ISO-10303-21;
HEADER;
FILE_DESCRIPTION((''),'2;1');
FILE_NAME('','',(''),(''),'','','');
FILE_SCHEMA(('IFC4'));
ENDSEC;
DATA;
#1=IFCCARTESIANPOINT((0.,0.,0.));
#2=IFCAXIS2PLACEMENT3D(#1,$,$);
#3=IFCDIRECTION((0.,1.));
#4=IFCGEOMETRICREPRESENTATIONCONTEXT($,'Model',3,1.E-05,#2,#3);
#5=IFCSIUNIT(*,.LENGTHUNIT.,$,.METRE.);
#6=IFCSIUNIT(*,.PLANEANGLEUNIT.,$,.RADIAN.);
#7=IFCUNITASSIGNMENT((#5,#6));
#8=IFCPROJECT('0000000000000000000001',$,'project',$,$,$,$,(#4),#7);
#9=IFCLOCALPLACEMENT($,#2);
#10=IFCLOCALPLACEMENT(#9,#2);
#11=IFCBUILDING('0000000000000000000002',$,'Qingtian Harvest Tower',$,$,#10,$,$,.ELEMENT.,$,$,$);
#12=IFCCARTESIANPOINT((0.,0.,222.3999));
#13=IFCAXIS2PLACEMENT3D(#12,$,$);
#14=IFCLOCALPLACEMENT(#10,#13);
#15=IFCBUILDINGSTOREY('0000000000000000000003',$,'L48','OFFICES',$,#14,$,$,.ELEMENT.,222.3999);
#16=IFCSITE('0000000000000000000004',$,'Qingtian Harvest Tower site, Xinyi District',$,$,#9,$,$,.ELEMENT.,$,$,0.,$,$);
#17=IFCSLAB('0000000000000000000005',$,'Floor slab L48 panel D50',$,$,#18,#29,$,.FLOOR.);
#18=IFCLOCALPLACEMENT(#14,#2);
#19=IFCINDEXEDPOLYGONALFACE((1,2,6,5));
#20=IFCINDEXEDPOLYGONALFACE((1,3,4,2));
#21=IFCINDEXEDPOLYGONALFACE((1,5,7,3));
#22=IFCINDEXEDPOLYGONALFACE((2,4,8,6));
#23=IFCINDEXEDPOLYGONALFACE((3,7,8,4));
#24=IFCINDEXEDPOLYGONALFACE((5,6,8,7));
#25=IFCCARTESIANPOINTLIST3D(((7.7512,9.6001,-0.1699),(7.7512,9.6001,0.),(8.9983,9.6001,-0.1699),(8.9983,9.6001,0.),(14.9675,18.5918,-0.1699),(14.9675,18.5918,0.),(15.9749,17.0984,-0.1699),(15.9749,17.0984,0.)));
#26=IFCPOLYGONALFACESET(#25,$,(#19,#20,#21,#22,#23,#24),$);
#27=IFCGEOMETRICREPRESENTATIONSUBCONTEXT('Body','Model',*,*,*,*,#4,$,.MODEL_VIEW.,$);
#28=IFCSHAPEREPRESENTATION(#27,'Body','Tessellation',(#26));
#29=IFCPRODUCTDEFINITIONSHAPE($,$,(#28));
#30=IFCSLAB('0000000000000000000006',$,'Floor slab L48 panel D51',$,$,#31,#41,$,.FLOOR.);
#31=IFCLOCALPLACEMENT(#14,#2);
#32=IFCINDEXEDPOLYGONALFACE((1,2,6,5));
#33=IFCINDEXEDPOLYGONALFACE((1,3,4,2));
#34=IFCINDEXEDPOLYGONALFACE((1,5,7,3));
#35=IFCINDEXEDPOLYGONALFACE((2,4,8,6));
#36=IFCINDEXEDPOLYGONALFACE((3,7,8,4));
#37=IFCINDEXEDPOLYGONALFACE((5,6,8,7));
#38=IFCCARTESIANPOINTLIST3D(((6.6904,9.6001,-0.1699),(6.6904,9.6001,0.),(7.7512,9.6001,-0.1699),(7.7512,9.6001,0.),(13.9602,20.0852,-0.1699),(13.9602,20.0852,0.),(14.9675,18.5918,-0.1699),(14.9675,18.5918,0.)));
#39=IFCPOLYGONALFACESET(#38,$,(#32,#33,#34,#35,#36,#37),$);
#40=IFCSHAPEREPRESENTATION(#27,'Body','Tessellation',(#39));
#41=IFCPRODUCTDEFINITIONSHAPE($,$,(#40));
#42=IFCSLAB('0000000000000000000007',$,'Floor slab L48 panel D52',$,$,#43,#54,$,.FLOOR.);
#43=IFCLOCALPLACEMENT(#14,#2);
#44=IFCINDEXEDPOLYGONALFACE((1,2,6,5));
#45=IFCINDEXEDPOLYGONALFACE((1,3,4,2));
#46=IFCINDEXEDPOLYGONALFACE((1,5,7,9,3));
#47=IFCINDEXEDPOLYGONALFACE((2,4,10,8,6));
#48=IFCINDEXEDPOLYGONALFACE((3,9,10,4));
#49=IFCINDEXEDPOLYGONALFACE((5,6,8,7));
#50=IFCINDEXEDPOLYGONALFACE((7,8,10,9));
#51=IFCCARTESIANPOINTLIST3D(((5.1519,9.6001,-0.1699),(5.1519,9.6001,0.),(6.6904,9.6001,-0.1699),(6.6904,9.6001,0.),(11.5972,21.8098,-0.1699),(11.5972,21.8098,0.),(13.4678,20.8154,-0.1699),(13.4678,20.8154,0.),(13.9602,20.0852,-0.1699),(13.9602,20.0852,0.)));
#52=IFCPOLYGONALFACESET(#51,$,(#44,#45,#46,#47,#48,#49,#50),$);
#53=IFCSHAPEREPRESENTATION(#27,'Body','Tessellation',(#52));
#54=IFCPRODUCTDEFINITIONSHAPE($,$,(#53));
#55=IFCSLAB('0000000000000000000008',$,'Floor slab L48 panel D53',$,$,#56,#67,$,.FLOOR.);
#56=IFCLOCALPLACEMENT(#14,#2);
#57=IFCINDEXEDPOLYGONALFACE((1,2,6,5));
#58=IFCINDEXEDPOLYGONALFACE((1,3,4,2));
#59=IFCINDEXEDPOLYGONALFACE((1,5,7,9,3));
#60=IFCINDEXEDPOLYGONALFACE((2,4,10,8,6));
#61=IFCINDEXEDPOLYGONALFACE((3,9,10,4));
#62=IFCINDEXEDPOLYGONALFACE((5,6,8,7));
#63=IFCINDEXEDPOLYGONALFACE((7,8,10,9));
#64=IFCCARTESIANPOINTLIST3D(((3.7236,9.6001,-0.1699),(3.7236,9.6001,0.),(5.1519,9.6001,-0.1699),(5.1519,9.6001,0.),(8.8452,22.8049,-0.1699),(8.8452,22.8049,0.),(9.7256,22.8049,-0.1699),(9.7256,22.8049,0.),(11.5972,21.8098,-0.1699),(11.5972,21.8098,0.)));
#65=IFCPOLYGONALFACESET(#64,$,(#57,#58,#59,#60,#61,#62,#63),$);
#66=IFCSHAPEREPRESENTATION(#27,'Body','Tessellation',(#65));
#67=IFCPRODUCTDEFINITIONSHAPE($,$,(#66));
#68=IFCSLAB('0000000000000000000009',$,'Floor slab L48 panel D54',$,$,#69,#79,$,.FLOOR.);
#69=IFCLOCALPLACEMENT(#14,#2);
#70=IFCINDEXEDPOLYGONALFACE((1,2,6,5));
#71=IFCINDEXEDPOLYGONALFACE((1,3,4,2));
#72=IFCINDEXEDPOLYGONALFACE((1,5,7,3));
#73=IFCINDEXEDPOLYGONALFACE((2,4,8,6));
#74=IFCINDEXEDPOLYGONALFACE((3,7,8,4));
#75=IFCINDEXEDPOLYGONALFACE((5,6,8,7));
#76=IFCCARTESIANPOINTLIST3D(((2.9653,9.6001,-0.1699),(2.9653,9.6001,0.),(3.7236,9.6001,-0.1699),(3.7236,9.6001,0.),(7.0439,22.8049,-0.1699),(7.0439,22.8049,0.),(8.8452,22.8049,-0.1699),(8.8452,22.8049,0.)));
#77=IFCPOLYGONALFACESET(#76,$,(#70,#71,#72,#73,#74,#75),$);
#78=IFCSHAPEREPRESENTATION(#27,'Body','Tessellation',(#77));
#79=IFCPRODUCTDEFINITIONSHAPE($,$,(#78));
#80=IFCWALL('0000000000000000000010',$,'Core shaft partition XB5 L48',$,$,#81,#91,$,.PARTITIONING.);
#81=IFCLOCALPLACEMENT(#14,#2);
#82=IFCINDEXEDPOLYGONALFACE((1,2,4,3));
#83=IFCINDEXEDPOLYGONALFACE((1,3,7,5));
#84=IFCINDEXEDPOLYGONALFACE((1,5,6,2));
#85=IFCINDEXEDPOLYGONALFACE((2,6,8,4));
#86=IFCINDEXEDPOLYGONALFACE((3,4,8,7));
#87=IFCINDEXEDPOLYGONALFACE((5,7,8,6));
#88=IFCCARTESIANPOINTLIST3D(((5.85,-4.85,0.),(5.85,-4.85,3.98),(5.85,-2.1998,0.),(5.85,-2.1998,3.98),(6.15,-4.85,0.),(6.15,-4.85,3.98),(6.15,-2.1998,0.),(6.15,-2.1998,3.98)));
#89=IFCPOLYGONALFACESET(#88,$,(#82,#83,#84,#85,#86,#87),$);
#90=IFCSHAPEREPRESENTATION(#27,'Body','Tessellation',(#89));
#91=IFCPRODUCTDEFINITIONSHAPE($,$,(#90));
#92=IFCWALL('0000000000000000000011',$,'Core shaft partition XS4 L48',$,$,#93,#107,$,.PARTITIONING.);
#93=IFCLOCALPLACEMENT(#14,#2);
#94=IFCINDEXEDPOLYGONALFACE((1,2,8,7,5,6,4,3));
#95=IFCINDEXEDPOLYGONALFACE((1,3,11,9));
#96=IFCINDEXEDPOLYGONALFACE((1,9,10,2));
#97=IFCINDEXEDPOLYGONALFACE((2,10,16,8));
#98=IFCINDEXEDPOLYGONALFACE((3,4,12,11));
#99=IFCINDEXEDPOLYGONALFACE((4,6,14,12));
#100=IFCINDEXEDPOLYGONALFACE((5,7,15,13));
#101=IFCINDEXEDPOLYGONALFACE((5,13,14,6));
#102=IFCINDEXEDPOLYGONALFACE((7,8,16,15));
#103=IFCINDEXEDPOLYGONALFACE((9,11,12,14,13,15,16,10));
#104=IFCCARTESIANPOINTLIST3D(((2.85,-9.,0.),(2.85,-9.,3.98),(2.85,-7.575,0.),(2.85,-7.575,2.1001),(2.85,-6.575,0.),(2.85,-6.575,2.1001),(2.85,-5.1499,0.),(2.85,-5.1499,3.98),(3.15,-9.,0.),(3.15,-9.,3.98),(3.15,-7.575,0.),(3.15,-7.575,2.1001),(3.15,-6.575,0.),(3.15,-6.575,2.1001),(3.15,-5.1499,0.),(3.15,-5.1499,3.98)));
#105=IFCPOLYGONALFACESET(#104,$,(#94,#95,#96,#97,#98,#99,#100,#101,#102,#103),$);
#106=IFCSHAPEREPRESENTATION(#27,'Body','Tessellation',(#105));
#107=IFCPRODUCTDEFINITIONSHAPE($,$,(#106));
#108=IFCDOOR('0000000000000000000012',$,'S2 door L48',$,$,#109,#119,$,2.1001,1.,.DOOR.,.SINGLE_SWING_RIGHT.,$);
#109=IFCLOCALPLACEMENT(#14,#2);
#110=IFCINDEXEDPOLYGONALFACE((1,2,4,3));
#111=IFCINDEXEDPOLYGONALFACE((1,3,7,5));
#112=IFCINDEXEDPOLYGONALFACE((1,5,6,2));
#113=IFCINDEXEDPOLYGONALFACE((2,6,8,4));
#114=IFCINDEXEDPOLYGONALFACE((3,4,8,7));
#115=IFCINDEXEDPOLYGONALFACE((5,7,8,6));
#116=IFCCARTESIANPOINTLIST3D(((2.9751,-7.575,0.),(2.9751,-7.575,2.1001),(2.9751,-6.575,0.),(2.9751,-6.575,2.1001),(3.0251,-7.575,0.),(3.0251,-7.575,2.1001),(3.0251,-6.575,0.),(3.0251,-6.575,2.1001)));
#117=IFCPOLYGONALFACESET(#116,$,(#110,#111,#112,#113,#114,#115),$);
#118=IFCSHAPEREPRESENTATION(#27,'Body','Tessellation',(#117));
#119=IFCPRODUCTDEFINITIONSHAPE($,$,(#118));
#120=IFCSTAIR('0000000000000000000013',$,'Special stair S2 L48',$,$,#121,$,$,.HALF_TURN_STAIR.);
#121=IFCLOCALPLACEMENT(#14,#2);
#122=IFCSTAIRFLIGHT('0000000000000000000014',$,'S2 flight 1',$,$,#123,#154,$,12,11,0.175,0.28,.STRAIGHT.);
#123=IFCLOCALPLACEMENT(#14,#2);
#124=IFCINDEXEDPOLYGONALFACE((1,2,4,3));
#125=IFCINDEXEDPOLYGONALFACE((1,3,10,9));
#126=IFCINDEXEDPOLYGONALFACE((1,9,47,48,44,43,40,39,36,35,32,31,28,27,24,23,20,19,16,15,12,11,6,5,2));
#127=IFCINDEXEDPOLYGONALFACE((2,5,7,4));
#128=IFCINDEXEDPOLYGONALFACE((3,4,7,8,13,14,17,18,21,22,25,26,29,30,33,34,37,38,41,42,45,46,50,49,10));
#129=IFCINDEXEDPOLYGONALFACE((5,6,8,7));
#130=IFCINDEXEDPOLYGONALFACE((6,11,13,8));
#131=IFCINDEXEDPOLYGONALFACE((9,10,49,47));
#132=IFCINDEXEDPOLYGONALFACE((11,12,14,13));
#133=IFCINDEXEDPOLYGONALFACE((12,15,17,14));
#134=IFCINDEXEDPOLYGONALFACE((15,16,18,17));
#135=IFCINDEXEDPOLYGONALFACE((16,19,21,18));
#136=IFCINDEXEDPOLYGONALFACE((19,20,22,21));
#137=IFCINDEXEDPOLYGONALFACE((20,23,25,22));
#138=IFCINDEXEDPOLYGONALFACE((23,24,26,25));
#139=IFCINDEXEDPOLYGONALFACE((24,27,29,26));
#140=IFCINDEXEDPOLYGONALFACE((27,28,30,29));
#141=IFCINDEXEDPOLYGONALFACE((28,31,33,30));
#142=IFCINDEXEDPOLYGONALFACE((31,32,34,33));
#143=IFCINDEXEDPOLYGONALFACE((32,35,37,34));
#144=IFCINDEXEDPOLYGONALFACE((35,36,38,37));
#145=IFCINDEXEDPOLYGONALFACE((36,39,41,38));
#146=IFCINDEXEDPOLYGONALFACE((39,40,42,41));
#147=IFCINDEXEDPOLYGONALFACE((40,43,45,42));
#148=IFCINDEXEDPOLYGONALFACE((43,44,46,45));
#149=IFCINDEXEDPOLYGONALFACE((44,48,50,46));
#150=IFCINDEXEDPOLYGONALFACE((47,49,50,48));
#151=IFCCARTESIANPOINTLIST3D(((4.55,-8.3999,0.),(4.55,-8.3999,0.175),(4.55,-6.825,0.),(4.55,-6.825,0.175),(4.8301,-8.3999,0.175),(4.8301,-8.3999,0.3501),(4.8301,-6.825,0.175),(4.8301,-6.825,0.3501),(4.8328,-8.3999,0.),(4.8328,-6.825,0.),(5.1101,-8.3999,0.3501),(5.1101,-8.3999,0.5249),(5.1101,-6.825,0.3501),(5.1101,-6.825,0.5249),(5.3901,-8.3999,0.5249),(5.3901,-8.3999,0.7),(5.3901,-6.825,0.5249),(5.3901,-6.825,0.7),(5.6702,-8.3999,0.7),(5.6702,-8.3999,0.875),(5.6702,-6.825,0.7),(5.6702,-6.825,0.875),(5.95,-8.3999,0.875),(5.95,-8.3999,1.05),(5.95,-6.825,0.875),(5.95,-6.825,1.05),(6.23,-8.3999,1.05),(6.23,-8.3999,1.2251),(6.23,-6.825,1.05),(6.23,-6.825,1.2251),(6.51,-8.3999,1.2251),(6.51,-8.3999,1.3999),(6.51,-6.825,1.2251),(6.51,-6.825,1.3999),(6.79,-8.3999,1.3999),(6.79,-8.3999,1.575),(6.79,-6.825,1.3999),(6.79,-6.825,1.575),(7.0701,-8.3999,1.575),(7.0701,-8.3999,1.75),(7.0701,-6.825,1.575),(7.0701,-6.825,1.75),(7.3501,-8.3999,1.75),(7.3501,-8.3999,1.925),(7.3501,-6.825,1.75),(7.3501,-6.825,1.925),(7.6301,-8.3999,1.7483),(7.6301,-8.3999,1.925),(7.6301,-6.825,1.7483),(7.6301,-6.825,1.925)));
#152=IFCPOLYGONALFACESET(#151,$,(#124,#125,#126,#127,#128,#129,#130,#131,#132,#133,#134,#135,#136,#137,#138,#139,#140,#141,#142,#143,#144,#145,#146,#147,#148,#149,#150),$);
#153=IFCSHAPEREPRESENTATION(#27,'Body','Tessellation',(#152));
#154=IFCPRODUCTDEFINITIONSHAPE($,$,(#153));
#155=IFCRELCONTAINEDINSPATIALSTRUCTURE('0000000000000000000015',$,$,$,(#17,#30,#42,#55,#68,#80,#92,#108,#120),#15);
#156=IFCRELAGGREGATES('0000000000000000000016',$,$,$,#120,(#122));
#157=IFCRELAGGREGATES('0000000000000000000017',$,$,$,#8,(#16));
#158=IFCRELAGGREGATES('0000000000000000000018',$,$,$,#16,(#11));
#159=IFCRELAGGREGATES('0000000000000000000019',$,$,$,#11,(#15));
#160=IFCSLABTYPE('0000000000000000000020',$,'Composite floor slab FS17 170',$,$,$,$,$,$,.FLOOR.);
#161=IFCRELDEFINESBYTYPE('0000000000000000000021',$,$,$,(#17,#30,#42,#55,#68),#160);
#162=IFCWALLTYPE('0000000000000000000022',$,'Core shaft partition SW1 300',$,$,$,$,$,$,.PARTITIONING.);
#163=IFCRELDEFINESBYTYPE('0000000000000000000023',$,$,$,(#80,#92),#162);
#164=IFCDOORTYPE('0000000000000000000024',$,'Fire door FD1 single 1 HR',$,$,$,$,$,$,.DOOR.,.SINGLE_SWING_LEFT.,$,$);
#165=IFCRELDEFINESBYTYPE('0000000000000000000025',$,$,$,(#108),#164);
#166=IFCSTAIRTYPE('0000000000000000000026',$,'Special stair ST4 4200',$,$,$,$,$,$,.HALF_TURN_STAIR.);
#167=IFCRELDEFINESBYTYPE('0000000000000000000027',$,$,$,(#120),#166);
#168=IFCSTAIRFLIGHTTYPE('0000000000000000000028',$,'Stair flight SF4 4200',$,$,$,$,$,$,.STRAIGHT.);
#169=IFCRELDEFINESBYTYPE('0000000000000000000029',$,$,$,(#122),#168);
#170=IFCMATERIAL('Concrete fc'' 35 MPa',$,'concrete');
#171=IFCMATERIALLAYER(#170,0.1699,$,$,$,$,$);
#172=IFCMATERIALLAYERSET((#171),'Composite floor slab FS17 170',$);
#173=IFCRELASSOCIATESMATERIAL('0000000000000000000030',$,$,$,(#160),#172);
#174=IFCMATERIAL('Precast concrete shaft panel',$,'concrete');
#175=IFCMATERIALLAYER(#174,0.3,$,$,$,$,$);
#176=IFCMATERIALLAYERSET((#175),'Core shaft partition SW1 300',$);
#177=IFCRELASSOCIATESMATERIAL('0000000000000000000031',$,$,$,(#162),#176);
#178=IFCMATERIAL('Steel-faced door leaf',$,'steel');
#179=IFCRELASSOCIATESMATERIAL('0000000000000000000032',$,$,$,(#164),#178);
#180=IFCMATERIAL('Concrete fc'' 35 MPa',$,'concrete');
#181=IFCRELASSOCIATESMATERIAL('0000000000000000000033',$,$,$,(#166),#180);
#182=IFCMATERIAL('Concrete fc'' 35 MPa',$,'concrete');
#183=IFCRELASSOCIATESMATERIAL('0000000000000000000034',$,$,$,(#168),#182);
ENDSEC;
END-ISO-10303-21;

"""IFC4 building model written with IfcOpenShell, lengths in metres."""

from ifc_helpers import new_model, si_unit, direction, frame, frame_2d, origin, place, context, subcontext, project, spatial, polyline, rectangle, outline, extrude, material, layer, layer_set, type_object, element, fill, aggregate, save


model = new_model("IFC4")

# Units and contexts
model_context = context("Model", 3, precision=1e-05, world=origin(), true_north=direction((0.0, 1.0)))
body_context = subcontext(model_context, "Body", "Model", "MODEL_VIEW")
ifc_project = project(units=[si_unit("LENGTHUNIT", "METRE"), si_unit("PLANEANGLEUNIT", "RADIAN")], contexts=[model_context])

# Site, building, storey
site_placement = place(None, origin())
site = spatial("IfcSite", under=ifc_project, at=site_placement, Name="Qingtian Harvest Tower site, Xinyi District", CompositionType="ELEMENT", RefElevation=0.0)
building_placement = place(site_placement, origin())
building = spatial("IfcBuilding", under=site, at=building_placement, Name="Qingtian Harvest Tower", CompositionType="ELEMENT")
storey_placement = place(building_placement, frame((0.0, 0.0, 222.3999)))
storey = spatial("IfcBuildingStorey", under=building, at=storey_placement, Name="L48", Description="OFFICES", CompositionType="ELEMENT", Elevation=222.3999)

# Slabs
ifc_material_1 = material(Name="Concrete fc' 35 MPa", Category="concrete")
ifc_layer_1 = layer(ifc_material_1, 0.1699)
ifc_layer_set_1 = layer_set([ifc_layer_1], Name="Composite floor slab FS17 170")
slab_type = type_object("IfcSlabType", Name="Composite floor slab FS17 170", PredefinedType="FLOOR", material=ifc_layer_set_1)
slab_1_placement = place(storey_placement, frame((0.0, 0.0, -0.1699)))
element("IfcSlab", 1, at=slab_1_placement, inside=storey, type_object=slab_type, Name="Floor slab L48 panel D50", PredefinedType="FLOOR", context=body_context, shape_type="SweptSolid", body=[
    extrude(outline(polyline([(7.7512, 9.6001), (14.9675, 18.5918), (15.9749, 17.0984), (8.9983, 9.6001), (7.7512, 9.6001)])), origin(), (0.0, 0.0, 1.0), 0.1699),
])
slab_2_placement = place(storey_placement, frame((0.0, 0.0, -0.1699)))
element("IfcSlab", 2, at=slab_2_placement, inside=storey, type_object=slab_type, Name="Floor slab L48 panel D51", PredefinedType="FLOOR", context=body_context, shape_type="SweptSolid", body=[
    extrude(outline(polyline([(6.6904, 9.6001), (13.9602, 20.0852), (14.9675, 18.5918), (7.7512, 9.6001), (6.6904, 9.6001)])), origin(), (0.0, 0.0, 1.0), 0.1699),
])
slab_3_placement = place(storey_placement, frame((0.0, 0.0, -0.1699)))
element("IfcSlab", 3, at=slab_3_placement, inside=storey, type_object=slab_type, Name="Floor slab L48 panel D52", PredefinedType="FLOOR", context=body_context, shape_type="SweptSolid", body=[
    extrude(outline(polyline([(6.6904, 9.6001), (5.1519, 9.6001), (11.5972, 21.8098), (13.4678, 20.8154), (13.9602, 20.0852), (6.6904, 9.6001)])), origin(), (0.0, 0.0, 1.0), 0.1699),
])
slab_4_placement = place(storey_placement, frame((0.0, 0.0, -0.1699)))
element("IfcSlab", 4, at=slab_4_placement, inside=storey, type_object=slab_type, Name="Floor slab L48 panel D53", PredefinedType="FLOOR", context=body_context, shape_type="SweptSolid", body=[
    extrude(outline(polyline([(3.7236, 9.6001), (8.8452, 22.8049), (9.7256, 22.8049), (11.5972, 21.8098), (5.1519, 9.6001), (3.7236, 9.6001)])), origin(), (0.0, 0.0, 1.0), 0.1699),
])
slab_5_placement = place(storey_placement, frame((0.0, 0.0, -0.1699)))
element("IfcSlab", 5, at=slab_5_placement, inside=storey, type_object=slab_type, Name="Floor slab L48 panel D54", PredefinedType="FLOOR", context=body_context, shape_type="SweptSolid", body=[
    extrude(outline(polyline([(2.9653, 9.6001), (7.0439, 22.8049), (8.8452, 22.8049), (3.7236, 9.6001), (2.9653, 9.6001)])), origin(), (0.0, 0.0, 1.0), 0.1699),
])

# Wall
ifc_material_2 = material(Name="Precast concrete shaft panel", Category="concrete")
ifc_layer_2 = layer(ifc_material_2, 0.3)
ifc_layer_set_2 = layer_set([ifc_layer_2], Name="Core shaft partition SW1 300")
wall_type_1 = type_object("IfcWallType", Name="Core shaft partition SW1 300", PredefinedType="PARTITIONING", material=ifc_layer_set_2)
wall_1_placement = place(storey_placement, frame((6.0, -4.8501, 0.0), z_axis=(0.0, 0.0, 1.0), x_axis=(0.0, 1.0, 0.0)))
element("IfcWall", 6, at=wall_1_placement, inside=storey, type_object=wall_type_1, Name="Core shaft partition XB5 L48", PredefinedType="PARTITIONING", context=body_context, shape_type="SweptSolid", body=[
    extrude(rectangle(XDim=2.6501, YDim=0.3, at=frame_2d((1.3252, 0.0))), origin(), (0.0, 0.0, 1.0), 3.98),
])

# Wall, opening, door
wall_2_placement = place(storey_placement, frame((3.0, -9.0, 0.0), z_axis=(0.0, 0.0, 1.0), x_axis=(0.0, 1.0, 0.0)))
wall_2 = element("IfcWall", 7, at=wall_2_placement, inside=storey, type_object=wall_type_1, Name="Core shaft partition XS4 L48", PredefinedType="PARTITIONING", context=body_context, shape_type="SweptSolid", body=[
    extrude(rectangle(XDim=3.8501, YDim=0.3, at=frame_2d((1.925, 0.0))), origin(), (0.0, 0.0, 1.0), 3.98),
])
opening_1_placement = place(wall_2_placement, frame((1.425, 0.0, 0.0)))
opening_1 = element("IfcOpeningElement", 8, at=opening_1_placement, cuts=wall_2, PredefinedType="OPENING", context=body_context, shape_type="SweptSolid", body=[
    extrude(rectangle(XDim=1.0, YDim=2.1001, at=frame_2d((0.5, 1.05))), frame((0.0, 0.1599, 0.0), z_axis=(0.0, -1.0, 0.0), x_axis=(1.0, 0.0, 0.0)), (0.0, 0.0, 1.0), 0.3201),
])
ifc_material_3 = material(Name="Steel-faced door leaf", Category="steel")
door_type_1 = type_object("IfcDoorType", Name="Fire door FD1 single 1 HR", OperationType="SINGLE_SWING_LEFT", PredefinedType="DOOR", material=ifc_material_3)
door_1_placement = place(opening_1_placement, origin())
door_1 = element("IfcDoor", 9, at=door_1_placement, inside=storey, type_object=door_type_1, Name="S2 door L48", OperationType="SINGLE_SWING_RIGHT", OverallHeight=2.1001, OverallWidth=1.0, PredefinedType="DOOR", context=body_context, shape_type="SweptSolid", body=[
    extrude(rectangle(XDim=1.0, YDim=2.1001, at=frame_2d((0.5, 1.05))), frame((0.0, 0.0249, 0.0), z_axis=(0.0, -1.0, 0.0), x_axis=(1.0, 0.0, 0.0)), (0.0, 0.0, 1.0), 0.05),
])
fill(opening_1, door_1)

# Stair, stair flight
ifc_material_4 = material(Name="Concrete fc' 35 MPa", Category="concrete")
stair_type = type_object("IfcStairType", Name="Special stair ST4 4200", PredefinedType="HALF_TURN_STAIR", material=ifc_material_4)
stair_placement = place(storey_placement, origin())
stair = element("IfcStair", 10, at=stair_placement, inside=storey, type_object=stair_type, Name="Special stair S2 L48", PredefinedType="HALF_TURN_STAIR")
ifc_material_5 = material(Name="Concrete fc' 35 MPa", Category="concrete")
stair_flight_type = type_object("IfcStairFlightType", Name="Stair flight SF4 4200", PredefinedType="STRAIGHT", material=ifc_material_5)
stair_flight_1_placement = place(storey_placement, frame((4.55, -7.6125, 0.0), z_axis=(0.0, 0.0, 1.0), x_axis=(1.0, 0.0, 0.0)))
stair_flight_1 = element("IfcStairFlight", 11, at=stair_flight_1_placement, type_object=stair_flight_type, Name="S2 flight 1", NumberOfRisers=12, NumberOfTreads=11, PredefinedType="STRAIGHT", RiserHeight=0.175, TreadLength=0.28, context=body_context, shape_type="SweptSolid", body=[
    extrude(outline(polyline([(0.0, 0.0), (0.0, 0.175), (0.28, 0.175), (0.28, 0.3501), (0.5601, 0.3501), (0.5601, 0.5249), (0.8401, 0.5249), (0.8401, 0.7), (1.1201, 0.7), (1.1201, 0.875), (1.3999, 0.875), (1.3999, 1.05), (1.6799, 1.05), (1.6799, 1.2251), (1.96, 1.2251), (1.96, 1.3999), (2.24, 1.3999), (2.24, 1.575), (2.52, 1.575), (2.52, 1.75), (2.8, 1.75), (2.8, 1.925), (3.0801, 1.925), (3.0801, 2.1001), (3.0801, 1.7483), (0.2827, 0.0), (0.0, 0.0)])), frame((0.0, 0.7876, 0.0), z_axis=(0.0, -1.0, 0.0), x_axis=(1.0, 0.0, 0.0)), (0.0, 0.0, 1.0), 1.575),
])
aggregate(stair, [stair_flight_1])

save(model, "model.ifc")
